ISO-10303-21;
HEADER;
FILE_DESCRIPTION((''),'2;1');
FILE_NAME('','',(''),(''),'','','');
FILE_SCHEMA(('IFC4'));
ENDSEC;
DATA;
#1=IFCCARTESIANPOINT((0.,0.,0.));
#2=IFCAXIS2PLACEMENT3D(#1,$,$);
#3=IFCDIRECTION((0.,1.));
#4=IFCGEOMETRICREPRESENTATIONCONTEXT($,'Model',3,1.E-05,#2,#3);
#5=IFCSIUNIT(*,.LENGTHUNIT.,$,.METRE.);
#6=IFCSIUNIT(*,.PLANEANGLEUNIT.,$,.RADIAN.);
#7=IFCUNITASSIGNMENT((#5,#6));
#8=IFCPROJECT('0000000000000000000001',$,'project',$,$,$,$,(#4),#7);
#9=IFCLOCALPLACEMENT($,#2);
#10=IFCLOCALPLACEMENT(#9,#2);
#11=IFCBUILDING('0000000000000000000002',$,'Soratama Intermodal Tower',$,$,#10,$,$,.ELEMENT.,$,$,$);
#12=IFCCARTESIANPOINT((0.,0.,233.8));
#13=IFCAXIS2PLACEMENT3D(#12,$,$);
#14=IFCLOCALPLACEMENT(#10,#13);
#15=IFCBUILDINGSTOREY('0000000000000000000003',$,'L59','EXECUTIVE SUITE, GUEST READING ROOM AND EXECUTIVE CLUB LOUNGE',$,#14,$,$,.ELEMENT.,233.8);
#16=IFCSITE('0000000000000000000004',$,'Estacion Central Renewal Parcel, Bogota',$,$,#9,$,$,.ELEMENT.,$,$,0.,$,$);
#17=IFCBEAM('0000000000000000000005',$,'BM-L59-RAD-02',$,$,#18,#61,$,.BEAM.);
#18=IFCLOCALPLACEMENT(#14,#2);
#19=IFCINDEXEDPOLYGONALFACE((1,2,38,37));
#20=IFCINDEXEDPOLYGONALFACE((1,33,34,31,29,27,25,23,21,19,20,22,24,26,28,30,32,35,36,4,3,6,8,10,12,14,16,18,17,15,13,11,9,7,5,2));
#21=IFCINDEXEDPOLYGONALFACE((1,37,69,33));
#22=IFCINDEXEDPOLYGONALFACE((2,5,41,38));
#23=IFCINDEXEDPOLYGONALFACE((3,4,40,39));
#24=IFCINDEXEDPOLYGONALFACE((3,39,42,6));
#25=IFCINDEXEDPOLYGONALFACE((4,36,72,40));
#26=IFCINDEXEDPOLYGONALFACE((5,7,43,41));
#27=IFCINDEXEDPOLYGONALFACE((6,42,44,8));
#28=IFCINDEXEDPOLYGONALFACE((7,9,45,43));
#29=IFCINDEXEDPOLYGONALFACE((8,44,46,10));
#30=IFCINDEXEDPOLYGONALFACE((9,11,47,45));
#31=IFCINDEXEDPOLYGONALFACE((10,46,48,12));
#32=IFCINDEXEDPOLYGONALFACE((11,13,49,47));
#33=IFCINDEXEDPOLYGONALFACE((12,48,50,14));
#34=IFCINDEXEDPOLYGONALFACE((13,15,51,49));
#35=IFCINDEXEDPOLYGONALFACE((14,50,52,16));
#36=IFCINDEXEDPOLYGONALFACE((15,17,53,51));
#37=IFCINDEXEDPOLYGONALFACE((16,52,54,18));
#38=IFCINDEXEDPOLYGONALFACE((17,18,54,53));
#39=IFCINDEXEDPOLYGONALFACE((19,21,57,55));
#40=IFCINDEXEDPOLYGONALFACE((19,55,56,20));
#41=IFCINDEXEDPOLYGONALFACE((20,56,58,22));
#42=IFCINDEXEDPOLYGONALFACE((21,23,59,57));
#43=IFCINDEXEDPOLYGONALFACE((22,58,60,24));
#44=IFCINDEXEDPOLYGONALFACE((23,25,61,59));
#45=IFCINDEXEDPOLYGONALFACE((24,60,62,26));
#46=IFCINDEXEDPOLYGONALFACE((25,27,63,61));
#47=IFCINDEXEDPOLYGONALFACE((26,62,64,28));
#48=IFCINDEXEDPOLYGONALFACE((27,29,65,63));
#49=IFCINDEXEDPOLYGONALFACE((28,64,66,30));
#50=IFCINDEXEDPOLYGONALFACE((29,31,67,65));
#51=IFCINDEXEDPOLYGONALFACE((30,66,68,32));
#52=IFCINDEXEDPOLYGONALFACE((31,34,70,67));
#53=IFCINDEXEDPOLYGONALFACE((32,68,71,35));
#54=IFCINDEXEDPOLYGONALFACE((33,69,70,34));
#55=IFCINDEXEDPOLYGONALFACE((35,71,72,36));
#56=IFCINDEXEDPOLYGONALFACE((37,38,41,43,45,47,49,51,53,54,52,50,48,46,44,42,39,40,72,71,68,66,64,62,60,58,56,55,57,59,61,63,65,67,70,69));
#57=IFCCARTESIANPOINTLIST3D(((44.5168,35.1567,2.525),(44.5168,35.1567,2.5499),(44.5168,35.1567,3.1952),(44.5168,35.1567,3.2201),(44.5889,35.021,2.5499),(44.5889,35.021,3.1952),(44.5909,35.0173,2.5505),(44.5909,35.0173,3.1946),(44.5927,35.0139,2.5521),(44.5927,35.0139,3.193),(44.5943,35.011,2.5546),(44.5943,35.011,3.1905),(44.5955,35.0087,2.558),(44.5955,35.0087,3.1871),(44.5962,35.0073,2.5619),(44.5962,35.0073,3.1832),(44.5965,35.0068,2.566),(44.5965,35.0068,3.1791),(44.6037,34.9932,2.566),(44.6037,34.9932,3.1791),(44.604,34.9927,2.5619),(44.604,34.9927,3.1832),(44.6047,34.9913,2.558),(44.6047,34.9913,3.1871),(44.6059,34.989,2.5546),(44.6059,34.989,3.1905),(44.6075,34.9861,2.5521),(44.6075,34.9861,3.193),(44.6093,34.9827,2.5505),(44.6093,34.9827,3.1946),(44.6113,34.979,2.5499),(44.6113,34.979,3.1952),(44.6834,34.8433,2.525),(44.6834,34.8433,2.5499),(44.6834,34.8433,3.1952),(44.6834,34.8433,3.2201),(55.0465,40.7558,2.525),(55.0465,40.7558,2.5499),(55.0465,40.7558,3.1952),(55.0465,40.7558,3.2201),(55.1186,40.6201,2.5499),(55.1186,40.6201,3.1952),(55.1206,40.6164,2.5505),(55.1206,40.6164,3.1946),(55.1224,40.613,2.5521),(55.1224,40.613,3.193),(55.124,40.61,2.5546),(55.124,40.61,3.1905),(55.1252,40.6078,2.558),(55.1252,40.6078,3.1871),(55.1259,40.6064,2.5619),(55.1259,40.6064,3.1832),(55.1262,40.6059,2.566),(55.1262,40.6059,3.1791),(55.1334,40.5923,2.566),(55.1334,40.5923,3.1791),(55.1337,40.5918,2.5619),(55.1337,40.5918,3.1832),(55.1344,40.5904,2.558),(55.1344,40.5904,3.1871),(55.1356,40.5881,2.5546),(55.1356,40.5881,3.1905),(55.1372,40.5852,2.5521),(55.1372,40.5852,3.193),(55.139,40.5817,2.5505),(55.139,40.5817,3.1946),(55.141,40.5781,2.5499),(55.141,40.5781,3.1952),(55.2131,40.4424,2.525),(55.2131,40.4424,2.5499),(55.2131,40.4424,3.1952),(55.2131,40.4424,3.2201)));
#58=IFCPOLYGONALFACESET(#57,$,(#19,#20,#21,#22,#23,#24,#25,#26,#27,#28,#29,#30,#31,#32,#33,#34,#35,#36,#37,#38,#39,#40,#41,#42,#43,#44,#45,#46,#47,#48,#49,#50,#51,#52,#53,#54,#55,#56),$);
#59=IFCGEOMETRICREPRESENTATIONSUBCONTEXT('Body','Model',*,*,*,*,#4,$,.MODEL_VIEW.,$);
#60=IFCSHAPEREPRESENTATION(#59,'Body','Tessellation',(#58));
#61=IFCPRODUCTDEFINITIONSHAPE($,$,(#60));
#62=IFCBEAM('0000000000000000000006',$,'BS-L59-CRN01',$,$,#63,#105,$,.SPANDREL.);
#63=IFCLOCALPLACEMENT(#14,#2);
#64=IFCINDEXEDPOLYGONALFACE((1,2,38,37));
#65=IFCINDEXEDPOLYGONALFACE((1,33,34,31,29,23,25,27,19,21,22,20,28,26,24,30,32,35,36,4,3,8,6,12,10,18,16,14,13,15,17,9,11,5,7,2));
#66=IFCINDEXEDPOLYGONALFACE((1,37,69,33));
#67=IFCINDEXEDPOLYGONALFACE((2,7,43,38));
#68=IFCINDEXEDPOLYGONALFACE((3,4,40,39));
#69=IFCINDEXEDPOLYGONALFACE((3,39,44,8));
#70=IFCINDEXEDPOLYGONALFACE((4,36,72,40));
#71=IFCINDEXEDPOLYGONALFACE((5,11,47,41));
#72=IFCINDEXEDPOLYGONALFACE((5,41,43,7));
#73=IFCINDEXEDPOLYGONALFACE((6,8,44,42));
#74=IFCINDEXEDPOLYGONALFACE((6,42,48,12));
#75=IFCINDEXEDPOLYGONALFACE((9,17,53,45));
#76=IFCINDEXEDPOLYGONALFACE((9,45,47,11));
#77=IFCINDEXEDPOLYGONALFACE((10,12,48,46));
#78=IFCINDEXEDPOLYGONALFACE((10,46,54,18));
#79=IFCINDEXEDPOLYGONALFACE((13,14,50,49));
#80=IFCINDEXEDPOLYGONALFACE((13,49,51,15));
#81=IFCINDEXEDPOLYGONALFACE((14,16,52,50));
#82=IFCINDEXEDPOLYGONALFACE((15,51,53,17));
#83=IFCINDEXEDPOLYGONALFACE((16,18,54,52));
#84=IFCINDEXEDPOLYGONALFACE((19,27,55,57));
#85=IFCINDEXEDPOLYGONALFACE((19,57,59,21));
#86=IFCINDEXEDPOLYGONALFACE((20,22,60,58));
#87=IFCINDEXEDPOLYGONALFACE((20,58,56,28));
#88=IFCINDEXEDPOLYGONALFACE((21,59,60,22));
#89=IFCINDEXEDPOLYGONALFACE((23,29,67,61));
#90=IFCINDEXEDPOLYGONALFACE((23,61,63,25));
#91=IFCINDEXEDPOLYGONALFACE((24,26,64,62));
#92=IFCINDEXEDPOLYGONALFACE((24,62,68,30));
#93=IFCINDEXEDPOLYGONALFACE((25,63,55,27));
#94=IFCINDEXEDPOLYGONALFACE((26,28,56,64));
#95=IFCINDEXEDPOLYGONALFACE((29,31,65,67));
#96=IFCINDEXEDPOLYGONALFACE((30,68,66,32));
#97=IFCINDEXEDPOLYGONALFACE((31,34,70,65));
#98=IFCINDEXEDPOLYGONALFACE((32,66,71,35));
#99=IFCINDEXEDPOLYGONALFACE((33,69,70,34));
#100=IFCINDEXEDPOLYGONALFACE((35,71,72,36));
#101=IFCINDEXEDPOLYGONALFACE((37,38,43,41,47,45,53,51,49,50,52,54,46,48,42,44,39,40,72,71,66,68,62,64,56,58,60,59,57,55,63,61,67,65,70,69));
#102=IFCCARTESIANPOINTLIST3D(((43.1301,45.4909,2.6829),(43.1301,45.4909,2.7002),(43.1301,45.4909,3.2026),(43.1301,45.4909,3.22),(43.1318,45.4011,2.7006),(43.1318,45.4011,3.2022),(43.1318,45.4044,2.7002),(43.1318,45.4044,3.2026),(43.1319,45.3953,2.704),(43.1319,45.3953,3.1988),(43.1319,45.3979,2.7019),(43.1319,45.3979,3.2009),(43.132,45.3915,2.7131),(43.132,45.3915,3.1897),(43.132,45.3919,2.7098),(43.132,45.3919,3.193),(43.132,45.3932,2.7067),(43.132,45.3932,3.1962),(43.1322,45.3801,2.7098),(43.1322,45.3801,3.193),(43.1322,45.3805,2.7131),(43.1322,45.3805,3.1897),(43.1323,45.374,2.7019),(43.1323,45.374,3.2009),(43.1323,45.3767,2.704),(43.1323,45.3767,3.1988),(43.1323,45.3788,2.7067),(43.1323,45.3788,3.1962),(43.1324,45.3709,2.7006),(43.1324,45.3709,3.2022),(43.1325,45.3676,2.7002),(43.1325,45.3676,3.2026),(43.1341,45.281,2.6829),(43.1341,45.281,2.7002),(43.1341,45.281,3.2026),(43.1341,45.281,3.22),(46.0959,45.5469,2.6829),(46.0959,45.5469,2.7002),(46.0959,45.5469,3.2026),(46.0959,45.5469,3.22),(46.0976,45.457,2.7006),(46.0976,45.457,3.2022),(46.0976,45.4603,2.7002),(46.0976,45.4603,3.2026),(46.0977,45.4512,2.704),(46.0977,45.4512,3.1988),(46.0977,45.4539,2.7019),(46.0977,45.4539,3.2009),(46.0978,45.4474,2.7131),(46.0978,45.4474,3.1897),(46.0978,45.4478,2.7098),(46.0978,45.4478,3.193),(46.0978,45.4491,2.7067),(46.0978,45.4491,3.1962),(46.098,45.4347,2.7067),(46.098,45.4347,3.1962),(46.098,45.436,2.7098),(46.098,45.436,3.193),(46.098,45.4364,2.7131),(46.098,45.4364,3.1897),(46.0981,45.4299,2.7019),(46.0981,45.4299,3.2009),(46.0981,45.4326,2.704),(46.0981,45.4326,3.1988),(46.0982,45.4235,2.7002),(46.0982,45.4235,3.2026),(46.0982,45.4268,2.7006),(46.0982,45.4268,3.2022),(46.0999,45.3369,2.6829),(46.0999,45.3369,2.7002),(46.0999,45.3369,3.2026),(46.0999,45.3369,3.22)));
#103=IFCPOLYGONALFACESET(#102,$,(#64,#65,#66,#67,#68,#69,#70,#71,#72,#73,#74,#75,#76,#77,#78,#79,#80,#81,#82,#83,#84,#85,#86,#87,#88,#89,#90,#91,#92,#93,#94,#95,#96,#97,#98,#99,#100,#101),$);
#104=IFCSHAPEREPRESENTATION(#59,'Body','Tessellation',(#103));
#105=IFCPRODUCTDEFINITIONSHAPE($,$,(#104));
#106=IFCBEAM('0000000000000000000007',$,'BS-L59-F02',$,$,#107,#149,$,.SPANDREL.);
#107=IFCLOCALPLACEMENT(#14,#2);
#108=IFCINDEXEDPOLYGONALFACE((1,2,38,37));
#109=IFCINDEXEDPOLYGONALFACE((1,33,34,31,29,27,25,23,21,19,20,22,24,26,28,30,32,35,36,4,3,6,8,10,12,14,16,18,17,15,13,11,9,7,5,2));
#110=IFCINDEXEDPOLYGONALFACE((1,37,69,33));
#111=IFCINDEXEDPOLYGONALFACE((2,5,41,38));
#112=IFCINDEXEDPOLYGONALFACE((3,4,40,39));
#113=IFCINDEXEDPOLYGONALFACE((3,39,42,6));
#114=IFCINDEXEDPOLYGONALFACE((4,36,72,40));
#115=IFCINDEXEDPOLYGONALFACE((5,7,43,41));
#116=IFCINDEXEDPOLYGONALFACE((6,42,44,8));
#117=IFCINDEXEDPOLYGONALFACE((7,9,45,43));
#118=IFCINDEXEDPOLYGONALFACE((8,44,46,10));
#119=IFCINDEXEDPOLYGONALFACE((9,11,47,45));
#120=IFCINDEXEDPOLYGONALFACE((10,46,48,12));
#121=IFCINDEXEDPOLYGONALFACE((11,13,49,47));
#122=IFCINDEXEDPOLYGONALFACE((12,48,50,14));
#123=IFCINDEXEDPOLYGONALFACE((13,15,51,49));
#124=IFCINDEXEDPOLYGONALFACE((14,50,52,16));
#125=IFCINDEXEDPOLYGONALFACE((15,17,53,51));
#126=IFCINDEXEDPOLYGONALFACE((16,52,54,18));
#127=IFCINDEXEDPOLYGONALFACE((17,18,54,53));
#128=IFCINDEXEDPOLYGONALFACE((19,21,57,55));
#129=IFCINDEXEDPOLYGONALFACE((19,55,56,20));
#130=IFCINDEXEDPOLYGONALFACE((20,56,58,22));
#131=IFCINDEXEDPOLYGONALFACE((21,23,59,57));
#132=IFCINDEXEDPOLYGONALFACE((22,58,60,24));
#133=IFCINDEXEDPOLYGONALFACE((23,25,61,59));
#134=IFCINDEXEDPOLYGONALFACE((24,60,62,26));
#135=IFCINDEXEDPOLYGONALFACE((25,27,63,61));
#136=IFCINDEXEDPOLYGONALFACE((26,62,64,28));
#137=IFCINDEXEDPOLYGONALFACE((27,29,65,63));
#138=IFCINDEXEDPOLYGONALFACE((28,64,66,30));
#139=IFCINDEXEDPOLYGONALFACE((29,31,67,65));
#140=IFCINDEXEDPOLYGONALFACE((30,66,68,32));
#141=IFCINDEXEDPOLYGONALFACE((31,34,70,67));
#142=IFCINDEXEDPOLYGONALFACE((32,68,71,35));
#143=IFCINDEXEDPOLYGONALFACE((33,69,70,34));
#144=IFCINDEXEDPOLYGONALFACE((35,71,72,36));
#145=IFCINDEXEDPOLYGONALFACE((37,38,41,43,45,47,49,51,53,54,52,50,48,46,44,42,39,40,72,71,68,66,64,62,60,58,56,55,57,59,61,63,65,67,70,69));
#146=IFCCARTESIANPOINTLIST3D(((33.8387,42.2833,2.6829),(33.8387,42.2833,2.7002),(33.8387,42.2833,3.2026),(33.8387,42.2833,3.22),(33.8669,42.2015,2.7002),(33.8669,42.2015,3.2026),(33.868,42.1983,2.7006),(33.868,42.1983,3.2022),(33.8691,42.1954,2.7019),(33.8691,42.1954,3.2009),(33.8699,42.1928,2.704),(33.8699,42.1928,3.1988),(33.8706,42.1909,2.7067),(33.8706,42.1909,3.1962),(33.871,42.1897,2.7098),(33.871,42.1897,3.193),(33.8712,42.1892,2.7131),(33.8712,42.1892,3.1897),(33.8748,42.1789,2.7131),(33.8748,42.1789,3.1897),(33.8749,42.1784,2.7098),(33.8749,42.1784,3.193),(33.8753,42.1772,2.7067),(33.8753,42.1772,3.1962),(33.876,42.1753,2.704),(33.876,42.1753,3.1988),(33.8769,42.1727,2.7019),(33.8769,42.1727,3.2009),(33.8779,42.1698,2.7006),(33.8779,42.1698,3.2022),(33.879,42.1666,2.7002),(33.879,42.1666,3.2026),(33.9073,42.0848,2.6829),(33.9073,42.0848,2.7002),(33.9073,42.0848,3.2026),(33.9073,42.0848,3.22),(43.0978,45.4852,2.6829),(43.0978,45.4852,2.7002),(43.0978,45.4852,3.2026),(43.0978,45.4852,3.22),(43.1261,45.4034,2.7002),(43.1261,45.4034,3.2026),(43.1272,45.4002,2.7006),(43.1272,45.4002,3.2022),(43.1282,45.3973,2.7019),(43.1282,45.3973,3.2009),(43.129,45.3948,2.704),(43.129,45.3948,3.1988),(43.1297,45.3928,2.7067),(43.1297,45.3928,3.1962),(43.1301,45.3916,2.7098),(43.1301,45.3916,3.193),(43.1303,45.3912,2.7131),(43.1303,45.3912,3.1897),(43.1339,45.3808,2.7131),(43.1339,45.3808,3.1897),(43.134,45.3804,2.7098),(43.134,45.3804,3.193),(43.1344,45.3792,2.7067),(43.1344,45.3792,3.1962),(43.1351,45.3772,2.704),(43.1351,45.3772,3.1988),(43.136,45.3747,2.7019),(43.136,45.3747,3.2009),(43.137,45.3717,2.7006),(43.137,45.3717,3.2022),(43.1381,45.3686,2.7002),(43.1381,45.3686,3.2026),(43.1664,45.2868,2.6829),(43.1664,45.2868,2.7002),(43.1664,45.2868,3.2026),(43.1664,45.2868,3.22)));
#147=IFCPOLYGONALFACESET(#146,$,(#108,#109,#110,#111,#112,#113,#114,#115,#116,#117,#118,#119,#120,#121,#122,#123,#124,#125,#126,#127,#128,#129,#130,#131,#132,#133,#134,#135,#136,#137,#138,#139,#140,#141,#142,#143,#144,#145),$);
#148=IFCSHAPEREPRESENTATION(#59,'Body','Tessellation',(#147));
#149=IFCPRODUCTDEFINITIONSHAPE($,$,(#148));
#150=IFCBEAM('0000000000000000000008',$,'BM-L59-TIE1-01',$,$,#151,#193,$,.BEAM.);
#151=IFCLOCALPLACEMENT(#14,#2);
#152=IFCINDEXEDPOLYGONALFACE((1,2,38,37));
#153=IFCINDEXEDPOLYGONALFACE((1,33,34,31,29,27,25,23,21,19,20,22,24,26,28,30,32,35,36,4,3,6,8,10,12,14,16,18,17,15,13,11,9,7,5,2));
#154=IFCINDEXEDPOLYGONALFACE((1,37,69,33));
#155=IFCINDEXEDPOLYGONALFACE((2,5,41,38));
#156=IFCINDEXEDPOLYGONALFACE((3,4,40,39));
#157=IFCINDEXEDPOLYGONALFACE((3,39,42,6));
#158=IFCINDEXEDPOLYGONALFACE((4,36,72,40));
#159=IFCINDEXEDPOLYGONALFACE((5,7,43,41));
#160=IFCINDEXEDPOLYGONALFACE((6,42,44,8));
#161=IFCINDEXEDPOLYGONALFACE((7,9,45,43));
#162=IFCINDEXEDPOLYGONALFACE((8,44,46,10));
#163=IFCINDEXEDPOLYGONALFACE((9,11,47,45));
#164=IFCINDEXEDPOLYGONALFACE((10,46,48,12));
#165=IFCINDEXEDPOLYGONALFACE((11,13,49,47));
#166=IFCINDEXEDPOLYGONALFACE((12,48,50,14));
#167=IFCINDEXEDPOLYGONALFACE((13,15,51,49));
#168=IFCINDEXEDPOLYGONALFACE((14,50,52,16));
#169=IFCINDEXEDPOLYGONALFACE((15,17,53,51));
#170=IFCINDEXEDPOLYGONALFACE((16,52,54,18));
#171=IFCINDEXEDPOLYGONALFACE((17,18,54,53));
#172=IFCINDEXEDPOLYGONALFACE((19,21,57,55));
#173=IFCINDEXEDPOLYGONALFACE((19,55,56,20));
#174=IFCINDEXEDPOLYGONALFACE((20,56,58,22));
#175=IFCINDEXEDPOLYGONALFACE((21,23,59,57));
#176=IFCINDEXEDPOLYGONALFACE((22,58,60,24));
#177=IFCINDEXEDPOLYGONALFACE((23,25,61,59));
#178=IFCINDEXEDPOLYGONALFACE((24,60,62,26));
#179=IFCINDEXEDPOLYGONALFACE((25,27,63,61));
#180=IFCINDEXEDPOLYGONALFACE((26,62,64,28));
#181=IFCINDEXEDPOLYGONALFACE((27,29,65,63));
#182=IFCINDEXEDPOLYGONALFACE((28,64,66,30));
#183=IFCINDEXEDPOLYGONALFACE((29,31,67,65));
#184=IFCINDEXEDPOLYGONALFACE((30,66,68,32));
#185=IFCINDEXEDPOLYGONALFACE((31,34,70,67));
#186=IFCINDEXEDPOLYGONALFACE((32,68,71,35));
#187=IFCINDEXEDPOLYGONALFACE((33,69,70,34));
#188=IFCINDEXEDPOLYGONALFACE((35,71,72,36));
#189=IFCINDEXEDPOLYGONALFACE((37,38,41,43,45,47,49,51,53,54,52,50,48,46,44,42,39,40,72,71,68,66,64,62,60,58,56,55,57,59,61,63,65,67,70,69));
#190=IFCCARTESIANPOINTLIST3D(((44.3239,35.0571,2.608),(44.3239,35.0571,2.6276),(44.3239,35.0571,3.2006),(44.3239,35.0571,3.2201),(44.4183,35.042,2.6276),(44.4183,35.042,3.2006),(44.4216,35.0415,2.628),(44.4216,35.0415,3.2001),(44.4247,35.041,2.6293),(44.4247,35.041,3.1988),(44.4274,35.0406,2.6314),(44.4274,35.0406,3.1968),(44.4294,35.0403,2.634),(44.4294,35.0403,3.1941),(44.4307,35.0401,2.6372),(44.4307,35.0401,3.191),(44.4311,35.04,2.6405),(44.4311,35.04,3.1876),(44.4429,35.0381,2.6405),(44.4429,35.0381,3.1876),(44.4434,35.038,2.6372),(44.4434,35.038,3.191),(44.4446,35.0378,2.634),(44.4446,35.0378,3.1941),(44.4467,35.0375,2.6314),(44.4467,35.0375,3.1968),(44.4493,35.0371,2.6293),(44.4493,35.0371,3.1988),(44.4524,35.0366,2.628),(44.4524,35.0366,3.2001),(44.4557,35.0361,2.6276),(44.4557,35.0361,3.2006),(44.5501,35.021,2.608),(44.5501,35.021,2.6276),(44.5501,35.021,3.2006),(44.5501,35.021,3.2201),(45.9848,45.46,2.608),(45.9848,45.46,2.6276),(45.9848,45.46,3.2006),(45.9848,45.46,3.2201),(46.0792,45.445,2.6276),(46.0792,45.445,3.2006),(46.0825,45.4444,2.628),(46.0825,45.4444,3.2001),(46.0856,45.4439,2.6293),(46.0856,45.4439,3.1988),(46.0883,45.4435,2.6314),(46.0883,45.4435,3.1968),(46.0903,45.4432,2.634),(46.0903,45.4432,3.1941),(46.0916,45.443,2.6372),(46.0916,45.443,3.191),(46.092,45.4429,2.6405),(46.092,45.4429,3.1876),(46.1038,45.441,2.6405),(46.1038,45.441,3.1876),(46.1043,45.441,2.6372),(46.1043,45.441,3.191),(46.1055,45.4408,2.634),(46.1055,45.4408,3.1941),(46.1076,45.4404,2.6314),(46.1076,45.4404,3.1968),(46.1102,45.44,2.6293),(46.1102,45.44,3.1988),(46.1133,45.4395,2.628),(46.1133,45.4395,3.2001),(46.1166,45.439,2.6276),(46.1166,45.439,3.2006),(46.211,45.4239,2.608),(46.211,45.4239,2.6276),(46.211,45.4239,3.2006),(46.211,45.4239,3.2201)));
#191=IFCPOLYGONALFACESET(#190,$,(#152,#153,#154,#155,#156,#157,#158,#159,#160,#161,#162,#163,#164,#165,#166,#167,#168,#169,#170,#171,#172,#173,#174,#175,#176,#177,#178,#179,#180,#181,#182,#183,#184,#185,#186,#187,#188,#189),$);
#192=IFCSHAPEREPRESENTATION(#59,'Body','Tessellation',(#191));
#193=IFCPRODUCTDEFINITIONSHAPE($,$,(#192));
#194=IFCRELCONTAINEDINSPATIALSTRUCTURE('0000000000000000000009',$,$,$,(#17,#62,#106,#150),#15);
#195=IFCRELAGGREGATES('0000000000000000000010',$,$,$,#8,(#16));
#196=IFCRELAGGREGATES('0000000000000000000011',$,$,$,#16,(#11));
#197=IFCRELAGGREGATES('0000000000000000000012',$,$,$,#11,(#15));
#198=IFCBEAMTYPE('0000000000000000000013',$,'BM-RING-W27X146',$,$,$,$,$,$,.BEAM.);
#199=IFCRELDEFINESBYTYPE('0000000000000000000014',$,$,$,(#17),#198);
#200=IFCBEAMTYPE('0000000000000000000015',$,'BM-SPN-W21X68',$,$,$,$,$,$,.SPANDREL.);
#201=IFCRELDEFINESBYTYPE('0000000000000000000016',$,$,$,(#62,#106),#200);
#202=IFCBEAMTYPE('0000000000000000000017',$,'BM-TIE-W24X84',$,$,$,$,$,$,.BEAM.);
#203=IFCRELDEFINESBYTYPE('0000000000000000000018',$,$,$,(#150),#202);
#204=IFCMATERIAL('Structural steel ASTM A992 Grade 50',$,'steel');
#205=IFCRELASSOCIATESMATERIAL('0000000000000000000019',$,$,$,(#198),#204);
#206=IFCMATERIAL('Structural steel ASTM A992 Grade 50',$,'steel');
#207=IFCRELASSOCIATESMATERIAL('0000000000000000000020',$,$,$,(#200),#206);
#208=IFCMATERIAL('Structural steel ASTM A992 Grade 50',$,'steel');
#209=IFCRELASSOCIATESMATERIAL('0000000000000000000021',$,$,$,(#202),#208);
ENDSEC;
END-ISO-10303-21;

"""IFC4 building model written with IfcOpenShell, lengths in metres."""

from ifc_helpers import new_model, si_unit, direction, frame, origin, origin_2d, place, context, subcontext, project, spatial, i_section, extrude, material, material_profile, profile_set, type_object, element, save


model = new_model("IFC4")

# Units and contexts
model_context = context("Model", 3, precision=1e-05, world=origin(), true_north=direction((0.0, 1.0)))
body_context = subcontext(model_context, "Body", "Model", "MODEL_VIEW")
ifc_project = project(units=[si_unit("LENGTHUNIT", "METRE"), si_unit("PLANEANGLEUNIT", "RADIAN")], contexts=[model_context])

# Site, building, storey
site_placement = place(None, origin())
site = spatial("IfcSite", under=ifc_project, at=site_placement, Name="Estacion Central Renewal Parcel, Bogota", CompositionType="ELEMENT", RefElevation=0.0)
building_placement = place(site_placement, origin())
building = spatial("IfcBuilding", under=site, at=building_placement, Name="Soratama Intermodal Tower", CompositionType="ELEMENT")
storey_placement = place(building_placement, frame((0.0, 0.0, 233.8)))
storey = spatial("IfcBuildingStorey", under=building, at=storey_placement, Name="L59", Description="EXECUTIVE SUITE, GUEST READING ROOM AND EXECUTIVE CLUB LOUNGE", CompositionType="ELEMENT", Elevation=233.8)

# Beams
ifc_material_1 = material(Name="Structural steel ASTM A992 Grade 50", Category="steel")
ifc_material_profile_1 = material_profile(ifc_material_1, i_section(OverallWidth=0.355, OverallDepth=0.6951, WebThickness=0.0154, FlangeThickness=0.0249, FilletRadius=0.0161, at=origin_2d()), Name="W27X146")
ifc_profile_set_1 = profile_set([ifc_material_profile_1], Name="Structural steel ASTM A992 Grade 50")
beam_type_1 = type_object("IfcBeamType", Name="BM-RING-W27X146", PredefinedType="BEAM", material=ifc_profile_set_1)
beam_1_placement = place(storey_placement, frame((44.6001, 35.0, 2.8726), z_axis=(0.882936, 0.469493, 0.0), x_axis=(-0.469493, 0.882936, 0.0)))
element("IfcBeam", 1, at=beam_1_placement, inside=storey, type_object=beam_type_1, Name="BM-L59-RAD-02", PredefinedType="BEAM", context=body_context, shape_type="SweptSolid", body=[
    extrude(i_section(OverallWidth=0.355, OverallDepth=0.6951, WebThickness=0.0154, FlangeThickness=0.0249, FilletRadius=0.0161, at=origin_2d()), origin(), (0.0, 0.0, 1.0), 11.9258),
])
ifc_material_2 = material(Name="Structural steel ASTM A992 Grade 50", Category="steel")
ifc_material_profile_2 = material_profile(ifc_material_2, i_section(OverallWidth=0.21, OverallDepth=0.5371, WebThickness=0.011, FlangeThickness=0.0173, FilletRadius=0.0129, at=origin_2d()), Name="W21X68")
ifc_profile_set_2 = profile_set([ifc_material_profile_2], Name="Structural steel ASTM A992 Grade 50")
beam_type_2 = type_object("IfcBeamType", Name="BM-SPN-W21X68", PredefinedType="SPANDREL", material=ifc_profile_set_2)
beam_2_placement = place(storey_placement, frame((46.0979, 45.4419, 2.9514), z_axis=(-0.999822, -0.018847, 0.0), x_axis=(0.018847, -0.999822, 0.0)))
element("IfcBeam", 2, at=beam_2_placement, inside=storey, type_object=beam_type_2, Name="BS-L59-CRN01", PredefinedType="SPANDREL", context=body_context, shape_type="SweptSolid", body=[
    extrude(i_section(OverallWidth=0.21, OverallDepth=0.5371, WebThickness=0.011, FlangeThickness=0.0173, FilletRadius=0.0129, at=origin_2d()), origin(), (0.0, 0.0, 1.0), 2.9663),
])
beam_3_placement = place(storey_placement, frame((43.1321, 45.386, 2.9514), z_axis=(-0.945085, -0.326824, 0.0), x_axis=(0.326824, -0.945085, 0.0)))
element("IfcBeam", 3, at=beam_3_placement, inside=storey, type_object=beam_type_2, Name="BS-L59-F02", PredefinedType="SPANDREL", context=body_context, shape_type="SweptSolid", body=[
    extrude(i_section(OverallWidth=0.21, OverallDepth=0.5371, WebThickness=0.011, FlangeThickness=0.0173, FilletRadius=0.0129, at=origin_2d()), origin(), (0.0, 0.0, 1.0), 9.7971),
])
ifc_material_3 = material(Name="Structural steel ASTM A992 Grade 50", Category="steel")
ifc_material_profile_3 = material_profile(ifc_material_3, i_section(OverallWidth=0.229, OverallDepth=0.6121, WebThickness=0.012, FlangeThickness=0.0195, FilletRadius=0.0129, at=origin_2d()), Name="W24X84")
ifc_profile_set_3 = profile_set([ifc_material_profile_3], Name="Structural steel ASTM A992 Grade 50")
beam_type_3 = type_object("IfcBeamType", Name="BM-TIE-W24X84", PredefinedType="BEAM", material=ifc_profile_set_3)
beam_4_placement = place(storey_placement, frame((44.437, 35.0391, 2.9141), z_axis=(0.157661, 0.987493, 0.0), x_axis=(-0.987493, 0.157661, 0.0)))
element("IfcBeam", 4, at=beam_4_placement, inside=storey, type_object=beam_type_3, Name="BM-L59-TIE1-01", PredefinedType="BEAM", context=body_context, shape_type="SweptSolid", body=[
    extrude(i_section(OverallWidth=0.229, OverallDepth=0.6121, WebThickness=0.012, FlangeThickness=0.0195, FilletRadius=0.0129, at=origin_2d()), origin(), (0.0, 0.0, 1.0), 10.5347),
])

save(model, "model.ifc")
